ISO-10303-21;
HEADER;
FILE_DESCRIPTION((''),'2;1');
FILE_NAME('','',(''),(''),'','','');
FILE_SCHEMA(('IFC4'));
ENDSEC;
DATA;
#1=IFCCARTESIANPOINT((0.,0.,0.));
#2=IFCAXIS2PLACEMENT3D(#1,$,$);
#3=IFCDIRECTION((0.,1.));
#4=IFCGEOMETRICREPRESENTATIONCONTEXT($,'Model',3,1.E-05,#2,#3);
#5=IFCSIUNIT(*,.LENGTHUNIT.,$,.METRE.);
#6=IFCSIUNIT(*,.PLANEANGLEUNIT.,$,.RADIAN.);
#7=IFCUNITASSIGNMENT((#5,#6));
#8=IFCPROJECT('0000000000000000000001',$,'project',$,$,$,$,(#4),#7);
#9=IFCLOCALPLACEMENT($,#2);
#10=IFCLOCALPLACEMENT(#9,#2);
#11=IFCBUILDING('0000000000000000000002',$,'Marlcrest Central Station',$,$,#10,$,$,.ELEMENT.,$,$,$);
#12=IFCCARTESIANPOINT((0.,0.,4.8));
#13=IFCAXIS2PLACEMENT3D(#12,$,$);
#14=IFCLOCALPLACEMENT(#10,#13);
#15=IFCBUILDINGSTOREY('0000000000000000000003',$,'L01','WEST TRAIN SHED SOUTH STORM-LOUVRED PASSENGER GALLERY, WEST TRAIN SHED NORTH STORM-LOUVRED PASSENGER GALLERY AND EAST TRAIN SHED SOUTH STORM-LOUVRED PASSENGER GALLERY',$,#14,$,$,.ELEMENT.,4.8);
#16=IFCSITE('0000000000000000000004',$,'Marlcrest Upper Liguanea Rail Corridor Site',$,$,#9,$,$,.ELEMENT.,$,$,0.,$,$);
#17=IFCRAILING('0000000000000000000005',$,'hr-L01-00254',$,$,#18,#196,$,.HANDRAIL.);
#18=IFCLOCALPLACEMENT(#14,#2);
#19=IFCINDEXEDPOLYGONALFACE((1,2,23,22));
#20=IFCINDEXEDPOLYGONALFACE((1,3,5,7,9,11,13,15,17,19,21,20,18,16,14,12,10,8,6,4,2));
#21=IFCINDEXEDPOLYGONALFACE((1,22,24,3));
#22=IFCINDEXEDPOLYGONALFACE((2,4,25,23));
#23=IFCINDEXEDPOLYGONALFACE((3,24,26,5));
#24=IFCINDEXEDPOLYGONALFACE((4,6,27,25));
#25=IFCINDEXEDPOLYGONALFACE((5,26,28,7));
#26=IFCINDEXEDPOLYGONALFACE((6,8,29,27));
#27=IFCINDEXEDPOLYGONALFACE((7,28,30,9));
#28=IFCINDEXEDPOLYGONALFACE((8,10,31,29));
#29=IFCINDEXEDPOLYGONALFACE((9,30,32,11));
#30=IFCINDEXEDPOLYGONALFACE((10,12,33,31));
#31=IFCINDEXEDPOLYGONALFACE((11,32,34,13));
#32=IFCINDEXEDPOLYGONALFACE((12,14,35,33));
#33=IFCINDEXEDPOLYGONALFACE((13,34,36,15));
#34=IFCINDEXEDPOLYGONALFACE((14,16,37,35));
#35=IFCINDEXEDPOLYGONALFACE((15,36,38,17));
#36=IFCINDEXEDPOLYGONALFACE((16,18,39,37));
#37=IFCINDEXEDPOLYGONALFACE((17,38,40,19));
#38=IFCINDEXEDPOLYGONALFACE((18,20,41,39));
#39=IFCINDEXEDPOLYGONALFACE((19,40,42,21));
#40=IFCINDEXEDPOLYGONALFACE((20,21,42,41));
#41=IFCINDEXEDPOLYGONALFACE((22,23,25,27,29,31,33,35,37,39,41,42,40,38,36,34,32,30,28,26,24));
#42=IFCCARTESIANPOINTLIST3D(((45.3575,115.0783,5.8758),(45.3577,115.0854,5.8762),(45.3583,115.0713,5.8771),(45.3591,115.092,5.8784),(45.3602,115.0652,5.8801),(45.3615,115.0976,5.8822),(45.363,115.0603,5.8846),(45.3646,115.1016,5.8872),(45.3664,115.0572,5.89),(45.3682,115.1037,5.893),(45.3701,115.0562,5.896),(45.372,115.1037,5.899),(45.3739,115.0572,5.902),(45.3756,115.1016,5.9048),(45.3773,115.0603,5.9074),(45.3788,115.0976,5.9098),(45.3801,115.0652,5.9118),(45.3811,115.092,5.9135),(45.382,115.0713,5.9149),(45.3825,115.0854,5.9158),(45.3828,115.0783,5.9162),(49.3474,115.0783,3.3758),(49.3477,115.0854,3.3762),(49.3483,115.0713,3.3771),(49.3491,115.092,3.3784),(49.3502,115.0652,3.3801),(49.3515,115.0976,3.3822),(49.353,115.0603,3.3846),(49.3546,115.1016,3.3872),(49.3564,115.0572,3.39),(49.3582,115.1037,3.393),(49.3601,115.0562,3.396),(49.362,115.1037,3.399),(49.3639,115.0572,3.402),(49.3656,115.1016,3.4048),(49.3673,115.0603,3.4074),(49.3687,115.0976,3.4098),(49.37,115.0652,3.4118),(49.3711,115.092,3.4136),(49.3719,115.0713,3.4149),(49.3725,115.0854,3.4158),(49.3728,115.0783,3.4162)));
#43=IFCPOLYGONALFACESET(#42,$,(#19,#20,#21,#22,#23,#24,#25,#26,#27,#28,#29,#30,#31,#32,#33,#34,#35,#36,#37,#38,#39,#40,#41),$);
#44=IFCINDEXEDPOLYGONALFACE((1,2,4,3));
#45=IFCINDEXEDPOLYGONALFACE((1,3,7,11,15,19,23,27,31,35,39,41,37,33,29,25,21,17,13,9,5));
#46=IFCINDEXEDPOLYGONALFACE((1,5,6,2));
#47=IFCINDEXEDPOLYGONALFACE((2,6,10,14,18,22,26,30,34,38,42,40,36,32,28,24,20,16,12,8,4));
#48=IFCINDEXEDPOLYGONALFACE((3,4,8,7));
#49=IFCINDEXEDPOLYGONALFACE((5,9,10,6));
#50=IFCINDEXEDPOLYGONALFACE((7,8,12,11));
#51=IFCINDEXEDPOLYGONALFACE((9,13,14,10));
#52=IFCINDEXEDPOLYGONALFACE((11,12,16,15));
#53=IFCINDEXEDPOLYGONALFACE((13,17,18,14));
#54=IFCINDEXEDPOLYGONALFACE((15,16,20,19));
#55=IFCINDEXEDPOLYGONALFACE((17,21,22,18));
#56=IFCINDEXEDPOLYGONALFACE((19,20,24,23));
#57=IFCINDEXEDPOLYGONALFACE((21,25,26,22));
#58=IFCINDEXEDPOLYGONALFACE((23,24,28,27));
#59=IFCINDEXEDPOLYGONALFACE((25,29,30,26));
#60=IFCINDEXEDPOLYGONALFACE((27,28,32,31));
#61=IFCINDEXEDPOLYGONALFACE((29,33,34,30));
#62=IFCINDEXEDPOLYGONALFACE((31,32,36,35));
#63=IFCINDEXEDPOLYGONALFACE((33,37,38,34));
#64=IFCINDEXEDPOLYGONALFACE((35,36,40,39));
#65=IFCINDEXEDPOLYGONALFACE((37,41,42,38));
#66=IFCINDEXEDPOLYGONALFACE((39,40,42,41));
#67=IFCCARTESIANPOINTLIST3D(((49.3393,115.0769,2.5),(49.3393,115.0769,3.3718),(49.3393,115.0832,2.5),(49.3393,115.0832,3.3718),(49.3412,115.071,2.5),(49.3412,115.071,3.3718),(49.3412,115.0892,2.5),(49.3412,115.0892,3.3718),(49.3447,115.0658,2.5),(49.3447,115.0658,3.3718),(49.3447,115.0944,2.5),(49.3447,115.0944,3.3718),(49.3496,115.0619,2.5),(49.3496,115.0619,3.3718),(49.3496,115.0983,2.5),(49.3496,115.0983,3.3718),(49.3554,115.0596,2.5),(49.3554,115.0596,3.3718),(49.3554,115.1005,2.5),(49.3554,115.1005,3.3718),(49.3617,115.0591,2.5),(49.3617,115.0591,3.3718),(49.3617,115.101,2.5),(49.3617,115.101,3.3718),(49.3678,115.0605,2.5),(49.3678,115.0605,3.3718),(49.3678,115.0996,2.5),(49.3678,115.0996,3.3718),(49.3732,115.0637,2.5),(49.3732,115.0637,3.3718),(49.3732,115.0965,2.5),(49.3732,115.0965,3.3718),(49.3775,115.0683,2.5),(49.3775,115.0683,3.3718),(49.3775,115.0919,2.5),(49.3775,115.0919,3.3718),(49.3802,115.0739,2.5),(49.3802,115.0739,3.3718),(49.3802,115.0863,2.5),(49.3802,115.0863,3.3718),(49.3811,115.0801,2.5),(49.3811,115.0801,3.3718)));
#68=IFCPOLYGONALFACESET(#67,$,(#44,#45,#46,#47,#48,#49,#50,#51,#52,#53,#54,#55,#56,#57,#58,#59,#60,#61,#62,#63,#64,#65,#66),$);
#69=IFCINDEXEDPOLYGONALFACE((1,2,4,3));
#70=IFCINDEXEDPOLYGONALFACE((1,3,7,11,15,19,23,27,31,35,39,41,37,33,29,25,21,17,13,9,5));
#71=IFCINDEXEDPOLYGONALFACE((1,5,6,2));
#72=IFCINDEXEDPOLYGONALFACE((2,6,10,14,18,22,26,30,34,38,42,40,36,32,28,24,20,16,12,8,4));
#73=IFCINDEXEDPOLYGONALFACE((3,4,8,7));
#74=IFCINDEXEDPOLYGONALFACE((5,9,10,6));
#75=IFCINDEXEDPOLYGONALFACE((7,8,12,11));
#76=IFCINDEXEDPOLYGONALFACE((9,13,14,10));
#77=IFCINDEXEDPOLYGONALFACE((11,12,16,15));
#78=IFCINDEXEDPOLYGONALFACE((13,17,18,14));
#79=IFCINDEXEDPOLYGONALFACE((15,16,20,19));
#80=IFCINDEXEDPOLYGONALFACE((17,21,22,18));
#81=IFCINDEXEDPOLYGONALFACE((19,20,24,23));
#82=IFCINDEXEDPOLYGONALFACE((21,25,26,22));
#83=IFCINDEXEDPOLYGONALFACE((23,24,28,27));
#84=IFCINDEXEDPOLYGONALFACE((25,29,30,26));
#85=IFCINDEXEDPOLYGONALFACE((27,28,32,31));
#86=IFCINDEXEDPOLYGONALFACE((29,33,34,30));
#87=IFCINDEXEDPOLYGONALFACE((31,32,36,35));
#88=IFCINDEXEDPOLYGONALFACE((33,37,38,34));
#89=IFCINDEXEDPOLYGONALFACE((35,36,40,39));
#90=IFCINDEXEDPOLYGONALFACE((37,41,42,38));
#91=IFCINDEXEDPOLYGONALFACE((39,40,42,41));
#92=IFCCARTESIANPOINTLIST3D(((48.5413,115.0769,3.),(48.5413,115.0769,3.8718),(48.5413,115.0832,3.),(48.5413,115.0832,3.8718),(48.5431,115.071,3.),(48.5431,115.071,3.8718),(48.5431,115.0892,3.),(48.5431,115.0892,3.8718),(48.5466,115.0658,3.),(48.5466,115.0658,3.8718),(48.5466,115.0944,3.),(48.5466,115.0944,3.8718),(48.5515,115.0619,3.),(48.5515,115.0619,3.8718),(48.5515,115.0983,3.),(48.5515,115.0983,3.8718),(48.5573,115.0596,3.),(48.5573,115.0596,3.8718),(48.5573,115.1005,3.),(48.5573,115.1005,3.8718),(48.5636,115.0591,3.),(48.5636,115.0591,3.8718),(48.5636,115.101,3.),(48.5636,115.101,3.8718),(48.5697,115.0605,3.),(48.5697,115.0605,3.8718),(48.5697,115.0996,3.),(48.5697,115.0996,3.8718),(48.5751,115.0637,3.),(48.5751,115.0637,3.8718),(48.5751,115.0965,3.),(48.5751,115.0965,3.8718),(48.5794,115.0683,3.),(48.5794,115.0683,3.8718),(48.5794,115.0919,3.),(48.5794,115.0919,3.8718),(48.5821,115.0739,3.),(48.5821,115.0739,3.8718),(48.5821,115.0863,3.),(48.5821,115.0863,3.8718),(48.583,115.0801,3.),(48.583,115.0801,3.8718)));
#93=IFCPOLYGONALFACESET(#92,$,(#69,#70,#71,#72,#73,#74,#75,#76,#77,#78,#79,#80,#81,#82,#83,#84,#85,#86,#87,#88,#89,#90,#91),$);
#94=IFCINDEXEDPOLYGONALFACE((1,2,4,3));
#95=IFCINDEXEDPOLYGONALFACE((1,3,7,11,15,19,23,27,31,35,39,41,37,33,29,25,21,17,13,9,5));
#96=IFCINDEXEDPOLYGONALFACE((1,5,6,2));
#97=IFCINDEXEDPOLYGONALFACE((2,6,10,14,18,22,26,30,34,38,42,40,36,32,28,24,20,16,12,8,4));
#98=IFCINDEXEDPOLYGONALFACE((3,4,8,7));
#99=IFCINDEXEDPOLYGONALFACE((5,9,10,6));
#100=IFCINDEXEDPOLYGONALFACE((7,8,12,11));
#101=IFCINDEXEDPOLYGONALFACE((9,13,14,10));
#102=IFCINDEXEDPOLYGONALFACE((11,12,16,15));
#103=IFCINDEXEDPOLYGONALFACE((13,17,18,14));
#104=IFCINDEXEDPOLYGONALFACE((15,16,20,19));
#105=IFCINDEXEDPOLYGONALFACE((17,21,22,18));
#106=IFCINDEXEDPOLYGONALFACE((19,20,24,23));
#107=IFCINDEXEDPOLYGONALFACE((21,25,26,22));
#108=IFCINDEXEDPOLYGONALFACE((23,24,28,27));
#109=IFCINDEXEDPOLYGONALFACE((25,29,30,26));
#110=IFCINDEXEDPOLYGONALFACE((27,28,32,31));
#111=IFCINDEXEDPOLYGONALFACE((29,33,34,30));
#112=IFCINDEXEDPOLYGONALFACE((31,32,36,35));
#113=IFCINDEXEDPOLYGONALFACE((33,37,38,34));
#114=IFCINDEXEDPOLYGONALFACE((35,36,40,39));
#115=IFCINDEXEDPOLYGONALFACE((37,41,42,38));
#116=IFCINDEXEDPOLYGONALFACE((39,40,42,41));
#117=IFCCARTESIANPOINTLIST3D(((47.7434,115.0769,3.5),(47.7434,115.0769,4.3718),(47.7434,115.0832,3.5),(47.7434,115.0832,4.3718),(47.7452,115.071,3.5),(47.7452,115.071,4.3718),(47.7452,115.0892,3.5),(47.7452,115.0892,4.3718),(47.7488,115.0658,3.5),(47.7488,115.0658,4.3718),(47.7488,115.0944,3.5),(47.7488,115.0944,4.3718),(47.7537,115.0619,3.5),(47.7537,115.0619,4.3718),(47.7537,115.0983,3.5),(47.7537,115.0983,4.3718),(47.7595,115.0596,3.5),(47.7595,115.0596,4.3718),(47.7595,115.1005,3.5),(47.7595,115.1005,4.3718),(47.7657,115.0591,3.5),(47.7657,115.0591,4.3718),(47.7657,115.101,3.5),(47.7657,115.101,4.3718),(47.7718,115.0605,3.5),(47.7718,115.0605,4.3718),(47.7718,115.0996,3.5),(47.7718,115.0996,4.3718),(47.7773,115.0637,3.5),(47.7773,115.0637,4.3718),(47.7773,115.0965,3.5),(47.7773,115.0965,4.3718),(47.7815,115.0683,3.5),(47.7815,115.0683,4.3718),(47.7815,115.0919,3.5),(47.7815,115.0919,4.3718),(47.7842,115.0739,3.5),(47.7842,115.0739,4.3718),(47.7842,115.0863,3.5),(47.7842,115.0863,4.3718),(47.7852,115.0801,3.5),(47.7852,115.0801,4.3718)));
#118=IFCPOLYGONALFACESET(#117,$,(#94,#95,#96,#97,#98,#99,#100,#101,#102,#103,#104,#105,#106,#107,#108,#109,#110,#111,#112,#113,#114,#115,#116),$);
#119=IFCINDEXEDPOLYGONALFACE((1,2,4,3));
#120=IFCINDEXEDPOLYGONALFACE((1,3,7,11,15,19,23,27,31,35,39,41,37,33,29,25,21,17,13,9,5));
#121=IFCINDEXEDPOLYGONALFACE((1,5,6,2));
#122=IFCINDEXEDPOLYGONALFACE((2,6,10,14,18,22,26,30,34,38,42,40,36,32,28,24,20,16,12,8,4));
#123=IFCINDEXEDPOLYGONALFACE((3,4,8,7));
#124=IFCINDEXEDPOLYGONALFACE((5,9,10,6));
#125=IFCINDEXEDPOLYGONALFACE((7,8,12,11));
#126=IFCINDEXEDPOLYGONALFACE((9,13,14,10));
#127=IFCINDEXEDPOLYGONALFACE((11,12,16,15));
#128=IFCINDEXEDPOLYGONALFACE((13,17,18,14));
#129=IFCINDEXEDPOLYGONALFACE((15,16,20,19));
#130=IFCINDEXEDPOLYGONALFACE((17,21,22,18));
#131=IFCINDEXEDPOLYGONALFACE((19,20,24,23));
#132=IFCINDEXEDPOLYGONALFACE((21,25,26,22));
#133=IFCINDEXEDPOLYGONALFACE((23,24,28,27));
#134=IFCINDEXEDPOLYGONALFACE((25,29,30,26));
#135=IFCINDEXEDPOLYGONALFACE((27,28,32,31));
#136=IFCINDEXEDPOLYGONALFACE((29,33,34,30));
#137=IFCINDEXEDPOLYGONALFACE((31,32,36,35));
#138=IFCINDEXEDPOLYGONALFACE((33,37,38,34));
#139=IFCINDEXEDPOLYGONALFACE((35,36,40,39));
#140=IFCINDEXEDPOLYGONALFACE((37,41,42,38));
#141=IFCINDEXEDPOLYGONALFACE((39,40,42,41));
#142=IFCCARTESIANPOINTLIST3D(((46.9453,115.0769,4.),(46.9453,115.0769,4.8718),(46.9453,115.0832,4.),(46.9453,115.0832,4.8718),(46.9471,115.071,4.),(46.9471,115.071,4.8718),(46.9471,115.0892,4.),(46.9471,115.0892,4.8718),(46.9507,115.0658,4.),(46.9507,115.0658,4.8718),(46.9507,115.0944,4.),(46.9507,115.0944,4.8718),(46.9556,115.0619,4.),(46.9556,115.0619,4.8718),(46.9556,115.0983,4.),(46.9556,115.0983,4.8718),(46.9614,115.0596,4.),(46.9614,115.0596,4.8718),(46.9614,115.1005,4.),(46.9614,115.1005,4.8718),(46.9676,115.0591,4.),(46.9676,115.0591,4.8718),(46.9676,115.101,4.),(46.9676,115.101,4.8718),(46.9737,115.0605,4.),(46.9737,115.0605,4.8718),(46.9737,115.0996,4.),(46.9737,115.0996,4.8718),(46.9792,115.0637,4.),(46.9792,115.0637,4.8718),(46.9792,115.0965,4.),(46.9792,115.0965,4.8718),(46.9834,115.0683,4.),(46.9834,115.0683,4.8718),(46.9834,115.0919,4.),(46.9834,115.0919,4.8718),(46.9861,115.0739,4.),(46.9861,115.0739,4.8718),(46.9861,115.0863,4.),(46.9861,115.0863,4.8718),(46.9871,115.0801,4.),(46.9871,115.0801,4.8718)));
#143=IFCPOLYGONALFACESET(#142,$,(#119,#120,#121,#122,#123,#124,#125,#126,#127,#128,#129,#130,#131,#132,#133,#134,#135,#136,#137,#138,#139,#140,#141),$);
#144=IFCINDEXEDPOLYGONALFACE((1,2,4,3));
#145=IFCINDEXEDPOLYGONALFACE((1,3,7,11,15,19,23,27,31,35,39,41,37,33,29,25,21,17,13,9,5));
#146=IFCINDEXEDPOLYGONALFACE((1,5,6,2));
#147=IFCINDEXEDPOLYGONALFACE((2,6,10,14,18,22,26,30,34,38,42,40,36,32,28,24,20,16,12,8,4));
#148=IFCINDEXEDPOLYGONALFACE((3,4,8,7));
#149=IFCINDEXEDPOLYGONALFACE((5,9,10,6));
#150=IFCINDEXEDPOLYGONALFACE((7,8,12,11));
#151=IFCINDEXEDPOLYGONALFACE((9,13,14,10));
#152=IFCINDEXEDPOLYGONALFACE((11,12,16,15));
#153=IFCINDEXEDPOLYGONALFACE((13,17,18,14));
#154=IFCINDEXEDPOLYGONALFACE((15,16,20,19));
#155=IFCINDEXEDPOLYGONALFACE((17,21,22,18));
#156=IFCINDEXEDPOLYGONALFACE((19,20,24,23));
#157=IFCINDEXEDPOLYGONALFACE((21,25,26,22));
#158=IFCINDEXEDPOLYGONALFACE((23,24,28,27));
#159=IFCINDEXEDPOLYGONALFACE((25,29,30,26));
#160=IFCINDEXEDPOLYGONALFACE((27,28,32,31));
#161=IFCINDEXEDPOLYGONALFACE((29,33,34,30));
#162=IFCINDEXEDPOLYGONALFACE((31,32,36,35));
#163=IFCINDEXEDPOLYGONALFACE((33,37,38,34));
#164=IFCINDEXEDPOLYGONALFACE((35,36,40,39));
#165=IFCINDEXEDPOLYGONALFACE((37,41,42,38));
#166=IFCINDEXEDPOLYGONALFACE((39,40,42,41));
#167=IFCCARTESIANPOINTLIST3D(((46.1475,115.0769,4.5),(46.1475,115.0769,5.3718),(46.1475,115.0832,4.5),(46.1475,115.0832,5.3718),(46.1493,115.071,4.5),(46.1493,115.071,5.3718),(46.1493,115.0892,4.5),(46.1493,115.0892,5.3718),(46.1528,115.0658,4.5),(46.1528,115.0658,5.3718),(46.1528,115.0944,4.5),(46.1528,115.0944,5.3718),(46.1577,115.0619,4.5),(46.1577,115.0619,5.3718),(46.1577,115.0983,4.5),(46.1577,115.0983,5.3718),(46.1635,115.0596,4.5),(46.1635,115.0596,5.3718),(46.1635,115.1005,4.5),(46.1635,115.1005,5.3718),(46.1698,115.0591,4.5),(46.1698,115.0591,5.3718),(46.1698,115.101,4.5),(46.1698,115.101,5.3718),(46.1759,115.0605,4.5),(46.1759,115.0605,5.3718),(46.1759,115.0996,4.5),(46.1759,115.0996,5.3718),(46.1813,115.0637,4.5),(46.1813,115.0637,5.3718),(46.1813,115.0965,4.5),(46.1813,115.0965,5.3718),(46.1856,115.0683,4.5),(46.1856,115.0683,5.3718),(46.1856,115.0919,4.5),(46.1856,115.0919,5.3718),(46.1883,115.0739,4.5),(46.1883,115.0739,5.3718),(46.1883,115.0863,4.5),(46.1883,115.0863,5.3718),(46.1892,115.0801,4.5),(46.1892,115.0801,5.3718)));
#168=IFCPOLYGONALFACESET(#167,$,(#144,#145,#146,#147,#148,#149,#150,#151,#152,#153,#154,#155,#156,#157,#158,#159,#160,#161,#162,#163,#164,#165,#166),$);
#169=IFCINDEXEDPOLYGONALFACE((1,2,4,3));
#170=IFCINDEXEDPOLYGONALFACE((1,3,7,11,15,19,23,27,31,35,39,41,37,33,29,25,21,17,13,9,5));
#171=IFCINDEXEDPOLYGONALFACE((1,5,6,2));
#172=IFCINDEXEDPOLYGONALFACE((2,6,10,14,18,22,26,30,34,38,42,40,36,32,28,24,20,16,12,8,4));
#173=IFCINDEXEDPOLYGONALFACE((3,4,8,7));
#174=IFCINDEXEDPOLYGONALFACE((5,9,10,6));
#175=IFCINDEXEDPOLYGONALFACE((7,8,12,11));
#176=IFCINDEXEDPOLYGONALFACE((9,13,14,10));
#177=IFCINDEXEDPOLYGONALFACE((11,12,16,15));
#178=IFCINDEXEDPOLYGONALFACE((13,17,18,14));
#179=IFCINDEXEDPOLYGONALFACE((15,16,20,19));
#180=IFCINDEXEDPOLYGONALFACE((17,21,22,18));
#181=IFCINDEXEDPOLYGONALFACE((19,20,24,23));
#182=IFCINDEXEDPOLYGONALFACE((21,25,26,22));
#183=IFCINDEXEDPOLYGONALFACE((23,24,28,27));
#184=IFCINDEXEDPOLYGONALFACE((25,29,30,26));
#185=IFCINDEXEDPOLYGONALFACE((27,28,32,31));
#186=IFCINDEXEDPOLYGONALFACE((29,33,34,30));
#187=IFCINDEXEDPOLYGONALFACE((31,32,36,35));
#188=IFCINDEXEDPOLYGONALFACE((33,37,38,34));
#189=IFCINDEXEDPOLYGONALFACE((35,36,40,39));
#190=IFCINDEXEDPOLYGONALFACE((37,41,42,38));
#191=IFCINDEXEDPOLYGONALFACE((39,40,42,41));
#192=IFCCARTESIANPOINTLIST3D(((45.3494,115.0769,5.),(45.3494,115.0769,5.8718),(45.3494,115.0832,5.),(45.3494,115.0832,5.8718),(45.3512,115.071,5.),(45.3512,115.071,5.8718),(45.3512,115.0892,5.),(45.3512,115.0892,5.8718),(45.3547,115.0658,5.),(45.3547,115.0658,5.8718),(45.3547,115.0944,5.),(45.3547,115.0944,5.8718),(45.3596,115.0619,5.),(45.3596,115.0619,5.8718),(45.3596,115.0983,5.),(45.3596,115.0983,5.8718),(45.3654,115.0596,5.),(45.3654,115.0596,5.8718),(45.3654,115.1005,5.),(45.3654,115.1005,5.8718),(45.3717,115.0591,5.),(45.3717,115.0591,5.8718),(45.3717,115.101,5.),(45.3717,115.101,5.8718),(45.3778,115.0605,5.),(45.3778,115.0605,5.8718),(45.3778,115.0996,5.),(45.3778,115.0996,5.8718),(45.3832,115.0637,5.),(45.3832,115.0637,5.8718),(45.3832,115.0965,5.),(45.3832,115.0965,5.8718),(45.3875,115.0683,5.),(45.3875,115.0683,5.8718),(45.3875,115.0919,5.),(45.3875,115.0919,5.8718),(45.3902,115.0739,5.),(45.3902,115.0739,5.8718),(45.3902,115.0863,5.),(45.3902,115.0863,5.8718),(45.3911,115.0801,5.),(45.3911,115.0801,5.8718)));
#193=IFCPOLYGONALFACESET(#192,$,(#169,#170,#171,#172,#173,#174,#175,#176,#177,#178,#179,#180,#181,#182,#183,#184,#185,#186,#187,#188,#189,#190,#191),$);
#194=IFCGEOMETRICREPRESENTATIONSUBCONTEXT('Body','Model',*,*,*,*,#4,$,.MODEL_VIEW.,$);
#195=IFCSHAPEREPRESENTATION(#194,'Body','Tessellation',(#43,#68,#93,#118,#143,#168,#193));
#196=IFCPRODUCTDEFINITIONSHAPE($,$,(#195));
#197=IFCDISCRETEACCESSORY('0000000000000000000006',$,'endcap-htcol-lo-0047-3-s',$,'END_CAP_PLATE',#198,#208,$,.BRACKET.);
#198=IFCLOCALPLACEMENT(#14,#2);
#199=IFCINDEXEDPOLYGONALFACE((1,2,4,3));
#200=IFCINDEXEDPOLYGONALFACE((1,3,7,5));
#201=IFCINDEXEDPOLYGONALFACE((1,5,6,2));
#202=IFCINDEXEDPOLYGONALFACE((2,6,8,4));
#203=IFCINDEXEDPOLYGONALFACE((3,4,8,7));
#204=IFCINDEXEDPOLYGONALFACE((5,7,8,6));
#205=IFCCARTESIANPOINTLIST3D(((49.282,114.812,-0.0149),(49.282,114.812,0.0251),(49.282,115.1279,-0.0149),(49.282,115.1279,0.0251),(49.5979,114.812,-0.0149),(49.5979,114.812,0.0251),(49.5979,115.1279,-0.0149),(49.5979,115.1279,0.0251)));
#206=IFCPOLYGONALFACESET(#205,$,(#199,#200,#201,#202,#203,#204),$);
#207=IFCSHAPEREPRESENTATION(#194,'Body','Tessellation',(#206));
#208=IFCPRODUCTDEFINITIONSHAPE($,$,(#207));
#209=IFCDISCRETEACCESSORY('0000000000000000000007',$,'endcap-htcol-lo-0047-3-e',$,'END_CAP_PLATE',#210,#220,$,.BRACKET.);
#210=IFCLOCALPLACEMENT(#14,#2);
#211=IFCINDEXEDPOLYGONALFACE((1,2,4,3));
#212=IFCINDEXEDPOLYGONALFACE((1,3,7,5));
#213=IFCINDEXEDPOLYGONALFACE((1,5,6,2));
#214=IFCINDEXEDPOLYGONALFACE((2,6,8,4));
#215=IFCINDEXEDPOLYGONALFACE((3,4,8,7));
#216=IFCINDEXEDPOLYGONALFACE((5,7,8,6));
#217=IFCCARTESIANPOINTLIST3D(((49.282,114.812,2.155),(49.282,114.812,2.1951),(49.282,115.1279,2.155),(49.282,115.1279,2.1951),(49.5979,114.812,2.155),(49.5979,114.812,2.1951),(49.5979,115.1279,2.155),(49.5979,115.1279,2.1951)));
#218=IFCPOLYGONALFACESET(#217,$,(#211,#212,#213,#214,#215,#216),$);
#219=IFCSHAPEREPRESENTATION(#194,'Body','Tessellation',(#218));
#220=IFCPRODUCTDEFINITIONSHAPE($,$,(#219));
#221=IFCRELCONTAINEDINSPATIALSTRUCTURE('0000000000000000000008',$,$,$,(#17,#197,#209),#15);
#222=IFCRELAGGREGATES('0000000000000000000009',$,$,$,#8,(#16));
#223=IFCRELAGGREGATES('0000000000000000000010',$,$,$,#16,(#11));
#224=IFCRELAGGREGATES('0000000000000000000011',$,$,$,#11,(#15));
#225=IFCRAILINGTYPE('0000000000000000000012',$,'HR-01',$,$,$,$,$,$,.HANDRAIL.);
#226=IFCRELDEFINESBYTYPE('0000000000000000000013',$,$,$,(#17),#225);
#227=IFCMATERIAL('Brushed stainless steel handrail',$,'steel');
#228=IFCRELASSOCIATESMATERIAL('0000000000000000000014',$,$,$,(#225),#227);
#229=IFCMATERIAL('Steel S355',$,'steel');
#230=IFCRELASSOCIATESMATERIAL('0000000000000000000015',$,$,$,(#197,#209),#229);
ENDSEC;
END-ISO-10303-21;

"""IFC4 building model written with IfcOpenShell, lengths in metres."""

from ifc_helpers import new_model, si_unit, direction, frame, origin, origin_2d, place, context, subcontext, project, spatial, rectangle, circle, extrude, material, type_object, element, save


model = new_model("IFC4")

# Units and contexts
model_context = context("Model", 3, precision=1e-05, world=origin(), true_north=direction((0.0, 1.0)))
body_context = subcontext(model_context, "Body", "Model", "MODEL_VIEW")
ifc_project = project(units=[si_unit("LENGTHUNIT", "METRE"), si_unit("PLANEANGLEUNIT", "RADIAN")], contexts=[model_context])

# Site, building, storey
site_placement = place(None, origin())
site = spatial("IfcSite", under=ifc_project, at=site_placement, Name="Marlcrest Upper Liguanea Rail Corridor Site", CompositionType="ELEMENT", RefElevation=0.0)
building_placement = place(site_placement, origin())
building = spatial("IfcBuilding", under=site, at=building_placement, Name="Marlcrest Central Station", CompositionType="ELEMENT")
storey_placement = place(building_placement, frame((0.0, 0.0, 4.8)))
storey = spatial("IfcBuildingStorey", under=building, at=storey_placement, Name="L01", Description="WEST TRAIN SHED SOUTH STORM-LOUVRED PASSENGER GALLERY, WEST TRAIN SHED NORTH STORM-LOUVRED PASSENGER GALLERY AND EAST TRAIN SHED SOUTH STORM-LOUVRED PASSENGER GALLERY", CompositionType="ELEMENT", Elevation=4.8)

# Shared definitions
ifc_material_1 = material(Name="Steel S355", Category="steel")

# Railing
ifc_material_2 = material(Name="Brushed stainless steel handrail", Category="steel")
railing_type_1 = type_object("IfcRailingType", Name="HR-01", PredefinedType="HANDRAIL", material=ifc_material_2)
railing_1_placement = place(storey_placement, frame((49.3601, 115.0801, 2.5)))
element("IfcRailing", 1, at=railing_1_placement, inside=storey, type_object=railing_type_1, Name="hr-L01-00254", PredefinedType="HANDRAIL", context=body_context, shape_type="SweptSolid", body=[
    extrude(circle(Radius=0.0239, at=origin_2d()), frame((0.0, 0.0, 0.896), z_axis=(-0.847401, 0.0, 0.530954), x_axis=(0.0, -1.0, 0.0)), (0.0, 0.0, 1.0), 4.7085),
    extrude(circle(Radius=0.021, at=origin_2d()), origin(), (0.0, 0.0, 1.0), 0.8718),
    extrude(circle(Radius=0.021, at=origin_2d()), frame((-0.7981, 0.0, 0.5)), (0.0, 0.0, 1.0), 0.8718),
    extrude(circle(Radius=0.021, at=origin_2d()), frame((-1.5959, 0.0, 1.0)), (0.0, 0.0, 1.0), 0.8718),
    extrude(circle(Radius=0.021, at=origin_2d()), frame((-2.394, 0.0, 1.5)), (0.0, 0.0, 1.0), 0.8718),
    extrude(circle(Radius=0.021, at=origin_2d()), frame((-3.1919, 0.0, 2.0)), (0.0, 0.0, 1.0), 0.8718),
    extrude(circle(Radius=0.021, at=origin_2d()), frame((-3.99, 0.0, 2.5)), (0.0, 0.0, 1.0), 0.8718),
])

# Discrete accessories
for number, where, z_axis, x_axis, name in (
    (2, (49.4399, 114.97, -0.0149), (0.0, 0.0, 1.0), (1.0, 0.0, 0.0), "endcap-htcol-lo-0047-3-s"),
    (3, (49.4399, 114.97, 2.155), (0.0, 0.0, 1.0), (1.0, 0.0, 0.0), "endcap-htcol-lo-0047-3-e"),
):
    element("IfcDiscreteAccessory", number, at=place(storey_placement, frame(where, z_axis=z_axis, x_axis=x_axis)), inside=storey, material=ifc_material_1, Name=name, ObjectType="END_CAP_PLATE", PredefinedType="BRACKET", context=body_context, shape_type="SweptSolid", body=[
        extrude(rectangle(XDim=0.3159, YDim=0.3159, at=origin_2d()), origin(), (0.0, 0.0, 1.0), 0.04),
    ])

save(model, "model.ifc")
